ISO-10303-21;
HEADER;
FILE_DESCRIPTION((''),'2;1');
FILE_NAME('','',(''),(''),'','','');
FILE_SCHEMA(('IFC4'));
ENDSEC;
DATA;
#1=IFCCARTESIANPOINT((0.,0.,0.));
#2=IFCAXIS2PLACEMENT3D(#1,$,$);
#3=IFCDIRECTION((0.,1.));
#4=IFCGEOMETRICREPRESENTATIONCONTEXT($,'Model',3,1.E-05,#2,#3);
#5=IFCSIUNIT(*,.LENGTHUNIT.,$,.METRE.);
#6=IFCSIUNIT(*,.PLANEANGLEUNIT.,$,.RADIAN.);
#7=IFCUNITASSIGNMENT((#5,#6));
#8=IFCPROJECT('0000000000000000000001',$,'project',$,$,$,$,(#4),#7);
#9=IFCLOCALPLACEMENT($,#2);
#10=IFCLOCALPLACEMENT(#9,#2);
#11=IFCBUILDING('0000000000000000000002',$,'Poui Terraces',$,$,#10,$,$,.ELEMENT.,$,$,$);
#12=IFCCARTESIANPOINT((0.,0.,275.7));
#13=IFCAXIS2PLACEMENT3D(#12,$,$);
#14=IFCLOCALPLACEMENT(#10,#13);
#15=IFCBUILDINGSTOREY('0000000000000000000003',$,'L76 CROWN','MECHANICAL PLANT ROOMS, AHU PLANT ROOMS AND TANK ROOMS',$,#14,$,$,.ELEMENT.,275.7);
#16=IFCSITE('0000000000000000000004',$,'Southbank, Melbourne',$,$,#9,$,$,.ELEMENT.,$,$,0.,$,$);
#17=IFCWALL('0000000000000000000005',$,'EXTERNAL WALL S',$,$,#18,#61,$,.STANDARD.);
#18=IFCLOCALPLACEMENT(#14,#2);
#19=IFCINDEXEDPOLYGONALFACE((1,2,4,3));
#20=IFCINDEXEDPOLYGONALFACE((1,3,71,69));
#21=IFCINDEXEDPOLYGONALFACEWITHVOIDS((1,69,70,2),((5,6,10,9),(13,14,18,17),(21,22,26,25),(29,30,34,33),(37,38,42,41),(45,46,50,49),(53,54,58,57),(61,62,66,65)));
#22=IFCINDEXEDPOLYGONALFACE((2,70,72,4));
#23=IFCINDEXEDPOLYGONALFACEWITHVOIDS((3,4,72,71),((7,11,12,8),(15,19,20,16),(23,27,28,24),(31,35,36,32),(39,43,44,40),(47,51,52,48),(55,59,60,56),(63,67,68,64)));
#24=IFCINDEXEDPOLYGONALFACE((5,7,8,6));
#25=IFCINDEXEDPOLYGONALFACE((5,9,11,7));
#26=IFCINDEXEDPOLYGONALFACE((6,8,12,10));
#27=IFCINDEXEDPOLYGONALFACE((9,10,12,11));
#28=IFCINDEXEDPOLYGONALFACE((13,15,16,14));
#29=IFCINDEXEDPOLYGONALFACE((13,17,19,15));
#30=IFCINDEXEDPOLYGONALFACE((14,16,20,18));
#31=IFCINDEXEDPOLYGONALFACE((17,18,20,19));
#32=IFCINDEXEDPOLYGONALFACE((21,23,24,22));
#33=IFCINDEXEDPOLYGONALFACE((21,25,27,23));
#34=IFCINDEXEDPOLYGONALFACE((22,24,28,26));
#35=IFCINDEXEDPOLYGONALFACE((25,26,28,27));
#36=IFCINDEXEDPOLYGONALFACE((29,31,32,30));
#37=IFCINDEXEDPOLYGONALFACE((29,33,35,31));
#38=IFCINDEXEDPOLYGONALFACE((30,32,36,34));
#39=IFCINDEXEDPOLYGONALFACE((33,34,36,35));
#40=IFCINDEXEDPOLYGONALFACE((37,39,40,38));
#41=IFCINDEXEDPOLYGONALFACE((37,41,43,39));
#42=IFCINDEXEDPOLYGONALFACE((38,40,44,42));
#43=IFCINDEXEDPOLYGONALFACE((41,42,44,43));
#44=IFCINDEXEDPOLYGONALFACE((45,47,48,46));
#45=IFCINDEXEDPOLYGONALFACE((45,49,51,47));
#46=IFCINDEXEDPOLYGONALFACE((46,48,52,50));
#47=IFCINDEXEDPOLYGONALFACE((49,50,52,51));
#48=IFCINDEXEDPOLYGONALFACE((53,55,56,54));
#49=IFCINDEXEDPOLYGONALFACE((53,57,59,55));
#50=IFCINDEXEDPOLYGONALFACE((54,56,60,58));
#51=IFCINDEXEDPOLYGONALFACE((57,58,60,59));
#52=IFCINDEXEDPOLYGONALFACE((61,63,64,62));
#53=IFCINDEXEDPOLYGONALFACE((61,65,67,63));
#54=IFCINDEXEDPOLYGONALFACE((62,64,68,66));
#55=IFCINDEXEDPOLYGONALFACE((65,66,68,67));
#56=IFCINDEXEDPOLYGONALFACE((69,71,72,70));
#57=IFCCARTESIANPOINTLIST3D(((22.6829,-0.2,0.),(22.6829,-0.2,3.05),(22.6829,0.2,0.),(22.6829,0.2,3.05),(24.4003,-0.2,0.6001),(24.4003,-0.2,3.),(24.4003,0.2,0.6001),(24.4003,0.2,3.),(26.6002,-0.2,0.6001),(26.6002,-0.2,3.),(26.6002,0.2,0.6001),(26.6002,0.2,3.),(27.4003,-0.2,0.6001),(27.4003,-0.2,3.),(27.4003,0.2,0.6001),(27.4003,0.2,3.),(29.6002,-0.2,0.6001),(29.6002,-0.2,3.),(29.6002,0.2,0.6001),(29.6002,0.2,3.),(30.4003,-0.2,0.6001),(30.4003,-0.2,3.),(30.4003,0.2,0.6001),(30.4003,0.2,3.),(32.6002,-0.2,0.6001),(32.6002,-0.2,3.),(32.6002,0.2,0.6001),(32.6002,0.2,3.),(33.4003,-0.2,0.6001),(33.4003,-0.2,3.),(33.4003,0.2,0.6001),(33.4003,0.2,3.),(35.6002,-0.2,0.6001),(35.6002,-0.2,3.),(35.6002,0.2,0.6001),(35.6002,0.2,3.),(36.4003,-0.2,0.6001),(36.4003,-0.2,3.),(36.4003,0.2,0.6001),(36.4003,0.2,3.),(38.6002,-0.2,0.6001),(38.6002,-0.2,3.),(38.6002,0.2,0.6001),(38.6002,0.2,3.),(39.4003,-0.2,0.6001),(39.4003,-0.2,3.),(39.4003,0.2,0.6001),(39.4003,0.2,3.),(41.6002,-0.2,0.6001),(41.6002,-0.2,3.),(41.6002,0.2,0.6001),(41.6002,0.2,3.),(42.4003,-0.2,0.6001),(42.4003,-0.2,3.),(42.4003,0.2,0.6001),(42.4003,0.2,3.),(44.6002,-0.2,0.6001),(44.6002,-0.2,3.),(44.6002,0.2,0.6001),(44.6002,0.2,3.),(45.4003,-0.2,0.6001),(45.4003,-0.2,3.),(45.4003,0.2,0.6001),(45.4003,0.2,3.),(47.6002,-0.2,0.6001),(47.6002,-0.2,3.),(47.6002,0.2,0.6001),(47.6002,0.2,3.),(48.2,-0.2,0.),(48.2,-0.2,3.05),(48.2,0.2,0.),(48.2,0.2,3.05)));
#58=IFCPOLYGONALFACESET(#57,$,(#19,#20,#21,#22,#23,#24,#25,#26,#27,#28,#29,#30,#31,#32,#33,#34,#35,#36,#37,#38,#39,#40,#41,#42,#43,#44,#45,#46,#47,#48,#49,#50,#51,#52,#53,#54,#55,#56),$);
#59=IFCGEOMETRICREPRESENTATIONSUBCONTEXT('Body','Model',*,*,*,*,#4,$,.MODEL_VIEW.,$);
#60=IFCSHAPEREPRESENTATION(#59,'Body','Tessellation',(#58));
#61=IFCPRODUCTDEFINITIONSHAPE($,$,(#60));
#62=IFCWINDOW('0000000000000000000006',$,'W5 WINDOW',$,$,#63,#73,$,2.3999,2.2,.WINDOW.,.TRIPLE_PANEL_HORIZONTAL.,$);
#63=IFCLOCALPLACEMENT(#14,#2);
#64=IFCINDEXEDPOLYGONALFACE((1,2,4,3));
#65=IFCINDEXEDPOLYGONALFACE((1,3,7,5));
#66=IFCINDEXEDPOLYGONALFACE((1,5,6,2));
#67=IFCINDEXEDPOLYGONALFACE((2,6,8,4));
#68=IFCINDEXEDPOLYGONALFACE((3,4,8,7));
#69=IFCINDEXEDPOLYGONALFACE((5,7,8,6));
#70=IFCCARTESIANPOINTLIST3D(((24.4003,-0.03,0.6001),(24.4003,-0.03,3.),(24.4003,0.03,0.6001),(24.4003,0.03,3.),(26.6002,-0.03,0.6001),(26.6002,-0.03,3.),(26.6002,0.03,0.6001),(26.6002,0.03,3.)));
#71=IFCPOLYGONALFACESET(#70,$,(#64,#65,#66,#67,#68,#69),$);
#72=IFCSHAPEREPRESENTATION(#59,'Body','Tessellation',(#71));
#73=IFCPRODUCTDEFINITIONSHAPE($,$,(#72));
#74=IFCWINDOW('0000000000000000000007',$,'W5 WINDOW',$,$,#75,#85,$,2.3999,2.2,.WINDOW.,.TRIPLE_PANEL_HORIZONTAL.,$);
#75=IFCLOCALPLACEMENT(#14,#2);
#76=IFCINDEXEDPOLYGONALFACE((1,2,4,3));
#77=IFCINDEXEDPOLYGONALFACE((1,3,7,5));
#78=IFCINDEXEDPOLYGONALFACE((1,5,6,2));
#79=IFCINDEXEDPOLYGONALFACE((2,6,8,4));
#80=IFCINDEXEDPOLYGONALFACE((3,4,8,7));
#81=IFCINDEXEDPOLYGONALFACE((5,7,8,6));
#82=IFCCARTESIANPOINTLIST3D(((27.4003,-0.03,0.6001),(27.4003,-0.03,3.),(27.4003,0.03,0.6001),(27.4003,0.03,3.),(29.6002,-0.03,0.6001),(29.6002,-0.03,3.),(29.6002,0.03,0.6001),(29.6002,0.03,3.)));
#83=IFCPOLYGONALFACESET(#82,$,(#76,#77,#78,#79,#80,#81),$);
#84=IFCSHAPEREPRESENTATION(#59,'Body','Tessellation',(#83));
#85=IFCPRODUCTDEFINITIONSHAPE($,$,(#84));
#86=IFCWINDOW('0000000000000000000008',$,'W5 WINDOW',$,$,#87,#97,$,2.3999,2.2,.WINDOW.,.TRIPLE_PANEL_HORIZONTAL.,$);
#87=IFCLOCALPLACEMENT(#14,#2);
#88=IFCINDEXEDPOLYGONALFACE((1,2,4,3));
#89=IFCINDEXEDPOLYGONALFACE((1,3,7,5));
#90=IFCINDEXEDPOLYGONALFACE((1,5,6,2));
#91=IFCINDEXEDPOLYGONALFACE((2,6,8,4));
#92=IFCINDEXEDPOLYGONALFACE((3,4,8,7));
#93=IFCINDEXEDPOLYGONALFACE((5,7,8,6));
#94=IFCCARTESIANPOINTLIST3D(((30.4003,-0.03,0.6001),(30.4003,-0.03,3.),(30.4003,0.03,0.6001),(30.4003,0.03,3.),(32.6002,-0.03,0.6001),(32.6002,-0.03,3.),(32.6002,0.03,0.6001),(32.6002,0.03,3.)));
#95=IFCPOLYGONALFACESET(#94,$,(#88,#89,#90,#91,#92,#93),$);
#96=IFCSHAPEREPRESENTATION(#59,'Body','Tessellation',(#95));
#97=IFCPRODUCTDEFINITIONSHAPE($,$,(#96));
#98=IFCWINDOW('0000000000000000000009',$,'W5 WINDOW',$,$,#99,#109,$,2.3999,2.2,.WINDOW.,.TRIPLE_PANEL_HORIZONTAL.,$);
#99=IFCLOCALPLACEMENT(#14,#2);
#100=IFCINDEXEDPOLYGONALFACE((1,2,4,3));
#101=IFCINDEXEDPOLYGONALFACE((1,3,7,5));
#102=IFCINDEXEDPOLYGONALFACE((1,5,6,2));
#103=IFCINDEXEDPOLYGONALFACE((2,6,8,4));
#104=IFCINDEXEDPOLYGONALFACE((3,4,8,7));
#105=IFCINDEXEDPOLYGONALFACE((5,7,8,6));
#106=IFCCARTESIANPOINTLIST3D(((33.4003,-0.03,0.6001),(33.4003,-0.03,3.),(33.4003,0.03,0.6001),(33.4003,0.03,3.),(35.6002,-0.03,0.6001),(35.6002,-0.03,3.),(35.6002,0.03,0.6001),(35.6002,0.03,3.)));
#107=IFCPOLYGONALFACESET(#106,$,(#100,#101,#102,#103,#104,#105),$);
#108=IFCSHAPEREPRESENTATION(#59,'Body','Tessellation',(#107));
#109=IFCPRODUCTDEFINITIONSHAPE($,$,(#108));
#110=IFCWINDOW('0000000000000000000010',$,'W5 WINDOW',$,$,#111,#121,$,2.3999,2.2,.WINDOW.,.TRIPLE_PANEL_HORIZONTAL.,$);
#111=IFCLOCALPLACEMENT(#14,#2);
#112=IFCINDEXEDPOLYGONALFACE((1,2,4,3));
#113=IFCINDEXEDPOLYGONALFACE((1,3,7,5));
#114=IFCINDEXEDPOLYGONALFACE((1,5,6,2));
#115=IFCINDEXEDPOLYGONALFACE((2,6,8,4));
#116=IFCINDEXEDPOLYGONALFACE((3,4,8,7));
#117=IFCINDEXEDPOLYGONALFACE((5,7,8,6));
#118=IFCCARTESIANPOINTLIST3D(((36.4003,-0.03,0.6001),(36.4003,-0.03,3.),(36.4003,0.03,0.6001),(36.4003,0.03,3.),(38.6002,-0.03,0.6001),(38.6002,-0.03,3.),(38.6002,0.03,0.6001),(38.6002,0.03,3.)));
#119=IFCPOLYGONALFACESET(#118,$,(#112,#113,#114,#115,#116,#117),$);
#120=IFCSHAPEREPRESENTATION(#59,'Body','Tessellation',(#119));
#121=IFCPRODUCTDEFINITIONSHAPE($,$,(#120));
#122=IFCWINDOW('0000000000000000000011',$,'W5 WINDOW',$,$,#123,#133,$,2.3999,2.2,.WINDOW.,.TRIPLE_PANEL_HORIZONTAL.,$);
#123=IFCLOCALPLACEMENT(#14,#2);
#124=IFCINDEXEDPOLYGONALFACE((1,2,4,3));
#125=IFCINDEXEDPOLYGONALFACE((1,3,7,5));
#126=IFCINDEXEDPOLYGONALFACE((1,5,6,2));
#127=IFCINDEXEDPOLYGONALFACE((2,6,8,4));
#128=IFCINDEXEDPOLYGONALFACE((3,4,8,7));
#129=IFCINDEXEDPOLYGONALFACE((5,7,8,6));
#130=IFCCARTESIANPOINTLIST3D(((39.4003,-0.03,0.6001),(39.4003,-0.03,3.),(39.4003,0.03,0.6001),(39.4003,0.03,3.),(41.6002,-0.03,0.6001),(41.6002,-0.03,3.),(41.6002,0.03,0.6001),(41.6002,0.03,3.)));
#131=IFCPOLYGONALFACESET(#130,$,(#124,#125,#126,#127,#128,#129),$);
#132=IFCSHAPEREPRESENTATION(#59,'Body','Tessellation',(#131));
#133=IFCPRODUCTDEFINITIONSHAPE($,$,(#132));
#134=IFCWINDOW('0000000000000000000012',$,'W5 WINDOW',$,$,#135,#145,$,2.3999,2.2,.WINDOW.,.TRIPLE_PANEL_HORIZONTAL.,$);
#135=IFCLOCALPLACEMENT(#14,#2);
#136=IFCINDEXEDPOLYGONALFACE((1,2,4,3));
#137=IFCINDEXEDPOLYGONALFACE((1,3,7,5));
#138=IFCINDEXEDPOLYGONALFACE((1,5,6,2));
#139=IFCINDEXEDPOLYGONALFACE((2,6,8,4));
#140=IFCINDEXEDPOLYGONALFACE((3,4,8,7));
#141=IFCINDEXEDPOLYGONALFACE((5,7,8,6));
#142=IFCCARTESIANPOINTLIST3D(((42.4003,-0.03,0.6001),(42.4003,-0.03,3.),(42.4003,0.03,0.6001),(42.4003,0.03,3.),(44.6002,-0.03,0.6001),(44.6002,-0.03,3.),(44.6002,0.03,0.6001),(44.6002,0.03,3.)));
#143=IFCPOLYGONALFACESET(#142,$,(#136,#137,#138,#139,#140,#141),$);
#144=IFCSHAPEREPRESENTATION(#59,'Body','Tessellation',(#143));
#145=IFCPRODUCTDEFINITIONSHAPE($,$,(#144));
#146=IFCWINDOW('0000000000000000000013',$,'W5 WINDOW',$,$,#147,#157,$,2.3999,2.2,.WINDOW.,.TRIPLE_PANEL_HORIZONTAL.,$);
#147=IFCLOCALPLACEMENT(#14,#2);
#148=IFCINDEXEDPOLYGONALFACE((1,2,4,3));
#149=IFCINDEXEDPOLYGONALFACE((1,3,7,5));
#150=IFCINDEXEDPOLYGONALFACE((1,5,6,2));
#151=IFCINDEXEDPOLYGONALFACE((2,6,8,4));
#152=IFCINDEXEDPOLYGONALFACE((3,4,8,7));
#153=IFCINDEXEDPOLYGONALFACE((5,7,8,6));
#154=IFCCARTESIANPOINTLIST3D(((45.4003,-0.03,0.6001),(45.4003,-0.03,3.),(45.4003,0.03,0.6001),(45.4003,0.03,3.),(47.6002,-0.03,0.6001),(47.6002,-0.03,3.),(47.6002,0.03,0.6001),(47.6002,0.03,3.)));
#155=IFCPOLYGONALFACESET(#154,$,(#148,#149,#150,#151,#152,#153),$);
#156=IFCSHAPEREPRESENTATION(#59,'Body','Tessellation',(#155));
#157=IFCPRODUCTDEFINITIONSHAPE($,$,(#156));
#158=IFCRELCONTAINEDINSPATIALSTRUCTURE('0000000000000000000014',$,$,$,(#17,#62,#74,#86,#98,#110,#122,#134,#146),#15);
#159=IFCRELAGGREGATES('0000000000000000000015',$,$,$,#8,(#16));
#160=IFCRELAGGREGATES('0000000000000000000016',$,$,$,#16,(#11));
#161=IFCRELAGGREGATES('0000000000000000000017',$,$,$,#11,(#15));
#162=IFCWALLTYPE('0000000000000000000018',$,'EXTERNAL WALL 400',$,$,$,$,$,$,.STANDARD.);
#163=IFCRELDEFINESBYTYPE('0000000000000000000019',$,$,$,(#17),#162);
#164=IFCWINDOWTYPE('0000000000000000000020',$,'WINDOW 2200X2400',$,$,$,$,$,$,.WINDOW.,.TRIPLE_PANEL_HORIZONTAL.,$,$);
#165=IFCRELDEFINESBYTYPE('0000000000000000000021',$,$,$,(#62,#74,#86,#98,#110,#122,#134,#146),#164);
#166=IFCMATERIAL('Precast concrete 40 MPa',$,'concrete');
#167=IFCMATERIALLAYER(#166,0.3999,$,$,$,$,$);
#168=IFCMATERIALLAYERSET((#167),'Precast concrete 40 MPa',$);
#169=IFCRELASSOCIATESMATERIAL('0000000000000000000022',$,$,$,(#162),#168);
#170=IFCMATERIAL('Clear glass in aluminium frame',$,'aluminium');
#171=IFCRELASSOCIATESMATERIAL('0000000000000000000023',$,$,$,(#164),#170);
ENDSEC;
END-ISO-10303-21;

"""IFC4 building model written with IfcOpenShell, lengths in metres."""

from ifc_helpers import new_model, si_unit, direction, frame, frame_2d, origin, place, context, subcontext, project, spatial, rectangle, extrude, material, layer, layer_set, type_object, element, fill, save


model = new_model("IFC4")

# Units and contexts
model_context = context("Model", 3, precision=1e-05, world=origin(), true_north=direction((0.0, 1.0)))
body_context = subcontext(model_context, "Body", "Model", "MODEL_VIEW")
ifc_project = project(units=[si_unit("LENGTHUNIT", "METRE"), si_unit("PLANEANGLEUNIT", "RADIAN")], contexts=[model_context])

# Site, building, storey
site_placement = place(None, origin())
site = spatial("IfcSite", under=ifc_project, at=site_placement, Name="Southbank, Melbourne", CompositionType="ELEMENT", RefElevation=0.0)
building_placement = place(site_placement, origin())
building = spatial("IfcBuilding", under=site, at=building_placement, Name="Poui Terraces", CompositionType="ELEMENT")
storey_placement = place(building_placement, frame((0.0, 0.0, 275.7)))
storey = spatial("IfcBuildingStorey", under=building, at=storey_placement, Name="L76 CROWN", Description="MECHANICAL PLANT ROOMS, AHU PLANT ROOMS AND TANK ROOMS", CompositionType="ELEMENT", Elevation=275.7)

# Wall, openings, windows
ifc_material_1 = material(Name="Precast concrete 40 MPa", Category="concrete")
ifc_layer_1 = layer(ifc_material_1, 0.3999)
ifc_layer_set_1 = layer_set([ifc_layer_1], Name="Precast concrete 40 MPa")
wall_type_1 = type_object("IfcWallType", Name="EXTERNAL WALL 400", PredefinedType="STANDARD", material=ifc_layer_set_1)
wall_1_placement = place(storey_placement, frame((22.6829, 0.0, 0.0), z_axis=(0.0, 0.0, 1.0), x_axis=(1.0, 0.0, 0.0)))
wall_1 = element("IfcWall", 1, at=wall_1_placement, inside=storey, type_object=wall_type_1, Name="EXTERNAL WALL S", PredefinedType="STANDARD", context=body_context, shape_type="SweptSolid", body=[
    extrude(rectangle(XDim=25.5171, YDim=0.3999, at=frame_2d((12.7585, 0.0))), origin(), (0.0, 0.0, 1.0), 3.05),
])
opening_1_placement = place(wall_1_placement, frame((1.7173, 0.0, 0.6001)))
opening_1 = element("IfcOpeningElement", 2, at=opening_1_placement, cuts=wall_1, PredefinedType="OPENING", context=body_context, shape_type="SweptSolid", body=[
    extrude(rectangle(XDim=2.2, YDim=2.3999, at=frame_2d((1.1001, 1.2))), frame((0.0, 0.21, 0.0), z_axis=(0.0, -1.0, 0.0), x_axis=(1.0, 0.0, 0.0)), (0.0, 0.0, 1.0), 0.4199),
])
opening_2_placement = place(wall_1_placement, frame((4.7173, 0.0, 0.6001)))
opening_2 = element("IfcOpeningElement", 3, at=opening_2_placement, cuts=wall_1, PredefinedType="OPENING", context=body_context, shape_type="SweptSolid", body=[
    extrude(rectangle(XDim=2.2, YDim=2.3999, at=frame_2d((1.1001, 1.2))), frame((0.0, 0.21, 0.0), z_axis=(0.0, -1.0, 0.0), x_axis=(1.0, 0.0, 0.0)), (0.0, 0.0, 1.0), 0.4199),
])
opening_3_placement = place(wall_1_placement, frame((7.7173, 0.0, 0.6001)))
opening_3 = element("IfcOpeningElement", 4, at=opening_3_placement, cuts=wall_1, PredefinedType="OPENING", context=body_context, shape_type="SweptSolid", body=[
    extrude(rectangle(XDim=2.2, YDim=2.3999, at=frame_2d((1.1001, 1.2))), frame((0.0, 0.21, 0.0), z_axis=(0.0, -1.0, 0.0), x_axis=(1.0, 0.0, 0.0)), (0.0, 0.0, 1.0), 0.4199),
])
opening_4_placement = place(wall_1_placement, frame((10.7173, 0.0, 0.6001)))
opening_4 = element("IfcOpeningElement", 5, at=opening_4_placement, cuts=wall_1, PredefinedType="OPENING", context=body_context, shape_type="SweptSolid", body=[
    extrude(rectangle(XDim=2.2, YDim=2.3999, at=frame_2d((1.1001, 1.2))), frame((0.0, 0.21, 0.0), z_axis=(0.0, -1.0, 0.0), x_axis=(1.0, 0.0, 0.0)), (0.0, 0.0, 1.0), 0.4199),
])
opening_5_placement = place(wall_1_placement, frame((13.7173, 0.0, 0.6001)))
opening_5 = element("IfcOpeningElement", 6, at=opening_5_placement, cuts=wall_1, PredefinedType="OPENING", context=body_context, shape_type="SweptSolid", body=[
    extrude(rectangle(XDim=2.2, YDim=2.3999, at=frame_2d((1.1001, 1.2))), frame((0.0, 0.21, 0.0), z_axis=(0.0, -1.0, 0.0), x_axis=(1.0, 0.0, 0.0)), (0.0, 0.0, 1.0), 0.4199),
])
opening_6_placement = place(wall_1_placement, frame((16.7173, 0.0, 0.6001)))
opening_6 = element("IfcOpeningElement", 7, at=opening_6_placement, cuts=wall_1, PredefinedType="OPENING", context=body_context, shape_type="SweptSolid", body=[
    extrude(rectangle(XDim=2.2, YDim=2.3999, at=frame_2d((1.1001, 1.2))), frame((0.0, 0.21, 0.0), z_axis=(0.0, -1.0, 0.0), x_axis=(1.0, 0.0, 0.0)), (0.0, 0.0, 1.0), 0.4199),
])
opening_7_placement = place(wall_1_placement, frame((19.7173, 0.0, 0.6001)))
opening_7 = element("IfcOpeningElement", 8, at=opening_7_placement, cuts=wall_1, PredefinedType="OPENING", context=body_context, shape_type="SweptSolid", body=[
    extrude(rectangle(XDim=2.2, YDim=2.3999, at=frame_2d((1.1001, 1.2))), frame((0.0, 0.21, 0.0), z_axis=(0.0, -1.0, 0.0), x_axis=(1.0, 0.0, 0.0)), (0.0, 0.0, 1.0), 0.4199),
])
opening_8_placement = place(wall_1_placement, frame((22.7173, 0.0, 0.6001)))
opening_8 = element("IfcOpeningElement", 9, at=opening_8_placement, cuts=wall_1, PredefinedType="OPENING", context=body_context, shape_type="SweptSolid", body=[
    extrude(rectangle(XDim=2.2, YDim=2.3999, at=frame_2d((1.1001, 1.2))), frame((0.0, 0.21, 0.0), z_axis=(0.0, -1.0, 0.0), x_axis=(1.0, 0.0, 0.0)), (0.0, 0.0, 1.0), 0.4199),
])
ifc_material_2 = material(Name="Clear glass in aluminium frame", Category="aluminium")
window_type = type_object("IfcWindowType", Name="WINDOW 2200X2400", PartitioningType="TRIPLE_PANEL_HORIZONTAL", PredefinedType="WINDOW", material=ifc_material_2)
window_1_placement = place(opening_1_placement, origin())
window_1 = element("IfcWindow", 10, at=window_1_placement, inside=storey, type_object=window_type, Name="W5 WINDOW", OverallHeight=2.3999, OverallWidth=2.2, PartitioningType="TRIPLE_PANEL_HORIZONTAL", PredefinedType="WINDOW", context=body_context, shape_type="SweptSolid", body=[
    extrude(rectangle(XDim=2.2, YDim=2.3999, at=frame_2d((1.1001, 1.2))), frame((0.0, 0.03, 0.0), z_axis=(0.0, -1.0, 0.0), x_axis=(1.0, 0.0, 0.0)), (0.0, 0.0, 1.0), 0.0601),
])
fill(opening_1, window_1)
window_2_placement = place(opening_2_placement, origin())
window_2 = element("IfcWindow", 11, at=window_2_placement, inside=storey, type_object=window_type, Name="W5 WINDOW", OverallHeight=2.3999, OverallWidth=2.2, PartitioningType="TRIPLE_PANEL_HORIZONTAL", PredefinedType="WINDOW", context=body_context, shape_type="SweptSolid", body=[
    extrude(rectangle(XDim=2.2, YDim=2.3999, at=frame_2d((1.1001, 1.2))), frame((0.0, 0.03, 0.0), z_axis=(0.0, -1.0, 0.0), x_axis=(1.0, 0.0, 0.0)), (0.0, 0.0, 1.0), 0.0601),
])
fill(opening_2, window_2)
window_3_placement = place(opening_3_placement, origin())
window_3 = element("IfcWindow", 12, at=window_3_placement, inside=storey, type_object=window_type, Name="W5 WINDOW", OverallHeight=2.3999, OverallWidth=2.2, PartitioningType="TRIPLE_PANEL_HORIZONTAL", PredefinedType="WINDOW", context=body_context, shape_type="SweptSolid", body=[
    extrude(rectangle(XDim=2.2, YDim=2.3999, at=frame_2d((1.1001, 1.2))), frame((0.0, 0.03, 0.0), z_axis=(0.0, -1.0, 0.0), x_axis=(1.0, 0.0, 0.0)), (0.0, 0.0, 1.0), 0.0601),
])
fill(opening_3, window_3)
window_4_placement = place(opening_4_placement, origin())
window_4 = element("IfcWindow", 13, at=window_4_placement, inside=storey, type_object=window_type, Name="W5 WINDOW", OverallHeight=2.3999, OverallWidth=2.2, PartitioningType="TRIPLE_PANEL_HORIZONTAL", PredefinedType="WINDOW", context=body_context, shape_type="SweptSolid", body=[
    extrude(rectangle(XDim=2.2, YDim=2.3999, at=frame_2d((1.1001, 1.2))), frame((0.0, 0.03, 0.0), z_axis=(0.0, -1.0, 0.0), x_axis=(1.0, 0.0, 0.0)), (0.0, 0.0, 1.0), 0.0601),
])
fill(opening_4, window_4)
window_5_placement = place(opening_5_placement, origin())
window_5 = element("IfcWindow", 14, at=window_5_placement, inside=storey, type_object=window_type, Name="W5 WINDOW", OverallHeight=2.3999, OverallWidth=2.2, PartitioningType="TRIPLE_PANEL_HORIZONTAL", PredefinedType="WINDOW", context=body_context, shape_type="SweptSolid", body=[
    extrude(rectangle(XDim=2.2, YDim=2.3999, at=frame_2d((1.1001, 1.2))), frame((0.0, 0.03, 0.0), z_axis=(0.0, -1.0, 0.0), x_axis=(1.0, 0.0, 0.0)), (0.0, 0.0, 1.0), 0.0601),
])
fill(opening_5, window_5)
window_6_placement = place(opening_6_placement, origin())
window_6 = element("IfcWindow", 15, at=window_6_placement, inside=storey, type_object=window_type, Name="W5 WINDOW", OverallHeight=2.3999, OverallWidth=2.2, PartitioningType="TRIPLE_PANEL_HORIZONTAL", PredefinedType="WINDOW", context=body_context, shape_type="SweptSolid", body=[
    extrude(rectangle(XDim=2.2, YDim=2.3999, at=frame_2d((1.1001, 1.2))), frame((0.0, 0.03, 0.0), z_axis=(0.0, -1.0, 0.0), x_axis=(1.0, 0.0, 0.0)), (0.0, 0.0, 1.0), 0.0601),
])
fill(opening_6, window_6)
window_7_placement = place(opening_7_placement, origin())
window_7 = element("IfcWindow", 16, at=window_7_placement, inside=storey, type_object=window_type, Name="W5 WINDOW", OverallHeight=2.3999, OverallWidth=2.2, PartitioningType="TRIPLE_PANEL_HORIZONTAL", PredefinedType="WINDOW", context=body_context, shape_type="SweptSolid", body=[
    extrude(rectangle(XDim=2.2, YDim=2.3999, at=frame_2d((1.1001, 1.2))), frame((0.0, 0.03, 0.0), z_axis=(0.0, -1.0, 0.0), x_axis=(1.0, 0.0, 0.0)), (0.0, 0.0, 1.0), 0.0601),
])
fill(opening_7, window_7)
window_8_placement = place(opening_8_placement, origin())
window_8 = element("IfcWindow", 17, at=window_8_placement, inside=storey, type_object=window_type, Name="W5 WINDOW", OverallHeight=2.3999, OverallWidth=2.2, PartitioningType="TRIPLE_PANEL_HORIZONTAL", PredefinedType="WINDOW", context=body_context, shape_type="SweptSolid", body=[
    extrude(rectangle(XDim=2.2, YDim=2.3999, at=frame_2d((1.1001, 1.2))), frame((0.0, 0.03, 0.0), z_axis=(0.0, -1.0, 0.0), x_axis=(1.0, 0.0, 0.0)), (0.0, 0.0, 1.0), 0.0601),
])
fill(opening_8, window_8)

save(model, "model.ifc")
